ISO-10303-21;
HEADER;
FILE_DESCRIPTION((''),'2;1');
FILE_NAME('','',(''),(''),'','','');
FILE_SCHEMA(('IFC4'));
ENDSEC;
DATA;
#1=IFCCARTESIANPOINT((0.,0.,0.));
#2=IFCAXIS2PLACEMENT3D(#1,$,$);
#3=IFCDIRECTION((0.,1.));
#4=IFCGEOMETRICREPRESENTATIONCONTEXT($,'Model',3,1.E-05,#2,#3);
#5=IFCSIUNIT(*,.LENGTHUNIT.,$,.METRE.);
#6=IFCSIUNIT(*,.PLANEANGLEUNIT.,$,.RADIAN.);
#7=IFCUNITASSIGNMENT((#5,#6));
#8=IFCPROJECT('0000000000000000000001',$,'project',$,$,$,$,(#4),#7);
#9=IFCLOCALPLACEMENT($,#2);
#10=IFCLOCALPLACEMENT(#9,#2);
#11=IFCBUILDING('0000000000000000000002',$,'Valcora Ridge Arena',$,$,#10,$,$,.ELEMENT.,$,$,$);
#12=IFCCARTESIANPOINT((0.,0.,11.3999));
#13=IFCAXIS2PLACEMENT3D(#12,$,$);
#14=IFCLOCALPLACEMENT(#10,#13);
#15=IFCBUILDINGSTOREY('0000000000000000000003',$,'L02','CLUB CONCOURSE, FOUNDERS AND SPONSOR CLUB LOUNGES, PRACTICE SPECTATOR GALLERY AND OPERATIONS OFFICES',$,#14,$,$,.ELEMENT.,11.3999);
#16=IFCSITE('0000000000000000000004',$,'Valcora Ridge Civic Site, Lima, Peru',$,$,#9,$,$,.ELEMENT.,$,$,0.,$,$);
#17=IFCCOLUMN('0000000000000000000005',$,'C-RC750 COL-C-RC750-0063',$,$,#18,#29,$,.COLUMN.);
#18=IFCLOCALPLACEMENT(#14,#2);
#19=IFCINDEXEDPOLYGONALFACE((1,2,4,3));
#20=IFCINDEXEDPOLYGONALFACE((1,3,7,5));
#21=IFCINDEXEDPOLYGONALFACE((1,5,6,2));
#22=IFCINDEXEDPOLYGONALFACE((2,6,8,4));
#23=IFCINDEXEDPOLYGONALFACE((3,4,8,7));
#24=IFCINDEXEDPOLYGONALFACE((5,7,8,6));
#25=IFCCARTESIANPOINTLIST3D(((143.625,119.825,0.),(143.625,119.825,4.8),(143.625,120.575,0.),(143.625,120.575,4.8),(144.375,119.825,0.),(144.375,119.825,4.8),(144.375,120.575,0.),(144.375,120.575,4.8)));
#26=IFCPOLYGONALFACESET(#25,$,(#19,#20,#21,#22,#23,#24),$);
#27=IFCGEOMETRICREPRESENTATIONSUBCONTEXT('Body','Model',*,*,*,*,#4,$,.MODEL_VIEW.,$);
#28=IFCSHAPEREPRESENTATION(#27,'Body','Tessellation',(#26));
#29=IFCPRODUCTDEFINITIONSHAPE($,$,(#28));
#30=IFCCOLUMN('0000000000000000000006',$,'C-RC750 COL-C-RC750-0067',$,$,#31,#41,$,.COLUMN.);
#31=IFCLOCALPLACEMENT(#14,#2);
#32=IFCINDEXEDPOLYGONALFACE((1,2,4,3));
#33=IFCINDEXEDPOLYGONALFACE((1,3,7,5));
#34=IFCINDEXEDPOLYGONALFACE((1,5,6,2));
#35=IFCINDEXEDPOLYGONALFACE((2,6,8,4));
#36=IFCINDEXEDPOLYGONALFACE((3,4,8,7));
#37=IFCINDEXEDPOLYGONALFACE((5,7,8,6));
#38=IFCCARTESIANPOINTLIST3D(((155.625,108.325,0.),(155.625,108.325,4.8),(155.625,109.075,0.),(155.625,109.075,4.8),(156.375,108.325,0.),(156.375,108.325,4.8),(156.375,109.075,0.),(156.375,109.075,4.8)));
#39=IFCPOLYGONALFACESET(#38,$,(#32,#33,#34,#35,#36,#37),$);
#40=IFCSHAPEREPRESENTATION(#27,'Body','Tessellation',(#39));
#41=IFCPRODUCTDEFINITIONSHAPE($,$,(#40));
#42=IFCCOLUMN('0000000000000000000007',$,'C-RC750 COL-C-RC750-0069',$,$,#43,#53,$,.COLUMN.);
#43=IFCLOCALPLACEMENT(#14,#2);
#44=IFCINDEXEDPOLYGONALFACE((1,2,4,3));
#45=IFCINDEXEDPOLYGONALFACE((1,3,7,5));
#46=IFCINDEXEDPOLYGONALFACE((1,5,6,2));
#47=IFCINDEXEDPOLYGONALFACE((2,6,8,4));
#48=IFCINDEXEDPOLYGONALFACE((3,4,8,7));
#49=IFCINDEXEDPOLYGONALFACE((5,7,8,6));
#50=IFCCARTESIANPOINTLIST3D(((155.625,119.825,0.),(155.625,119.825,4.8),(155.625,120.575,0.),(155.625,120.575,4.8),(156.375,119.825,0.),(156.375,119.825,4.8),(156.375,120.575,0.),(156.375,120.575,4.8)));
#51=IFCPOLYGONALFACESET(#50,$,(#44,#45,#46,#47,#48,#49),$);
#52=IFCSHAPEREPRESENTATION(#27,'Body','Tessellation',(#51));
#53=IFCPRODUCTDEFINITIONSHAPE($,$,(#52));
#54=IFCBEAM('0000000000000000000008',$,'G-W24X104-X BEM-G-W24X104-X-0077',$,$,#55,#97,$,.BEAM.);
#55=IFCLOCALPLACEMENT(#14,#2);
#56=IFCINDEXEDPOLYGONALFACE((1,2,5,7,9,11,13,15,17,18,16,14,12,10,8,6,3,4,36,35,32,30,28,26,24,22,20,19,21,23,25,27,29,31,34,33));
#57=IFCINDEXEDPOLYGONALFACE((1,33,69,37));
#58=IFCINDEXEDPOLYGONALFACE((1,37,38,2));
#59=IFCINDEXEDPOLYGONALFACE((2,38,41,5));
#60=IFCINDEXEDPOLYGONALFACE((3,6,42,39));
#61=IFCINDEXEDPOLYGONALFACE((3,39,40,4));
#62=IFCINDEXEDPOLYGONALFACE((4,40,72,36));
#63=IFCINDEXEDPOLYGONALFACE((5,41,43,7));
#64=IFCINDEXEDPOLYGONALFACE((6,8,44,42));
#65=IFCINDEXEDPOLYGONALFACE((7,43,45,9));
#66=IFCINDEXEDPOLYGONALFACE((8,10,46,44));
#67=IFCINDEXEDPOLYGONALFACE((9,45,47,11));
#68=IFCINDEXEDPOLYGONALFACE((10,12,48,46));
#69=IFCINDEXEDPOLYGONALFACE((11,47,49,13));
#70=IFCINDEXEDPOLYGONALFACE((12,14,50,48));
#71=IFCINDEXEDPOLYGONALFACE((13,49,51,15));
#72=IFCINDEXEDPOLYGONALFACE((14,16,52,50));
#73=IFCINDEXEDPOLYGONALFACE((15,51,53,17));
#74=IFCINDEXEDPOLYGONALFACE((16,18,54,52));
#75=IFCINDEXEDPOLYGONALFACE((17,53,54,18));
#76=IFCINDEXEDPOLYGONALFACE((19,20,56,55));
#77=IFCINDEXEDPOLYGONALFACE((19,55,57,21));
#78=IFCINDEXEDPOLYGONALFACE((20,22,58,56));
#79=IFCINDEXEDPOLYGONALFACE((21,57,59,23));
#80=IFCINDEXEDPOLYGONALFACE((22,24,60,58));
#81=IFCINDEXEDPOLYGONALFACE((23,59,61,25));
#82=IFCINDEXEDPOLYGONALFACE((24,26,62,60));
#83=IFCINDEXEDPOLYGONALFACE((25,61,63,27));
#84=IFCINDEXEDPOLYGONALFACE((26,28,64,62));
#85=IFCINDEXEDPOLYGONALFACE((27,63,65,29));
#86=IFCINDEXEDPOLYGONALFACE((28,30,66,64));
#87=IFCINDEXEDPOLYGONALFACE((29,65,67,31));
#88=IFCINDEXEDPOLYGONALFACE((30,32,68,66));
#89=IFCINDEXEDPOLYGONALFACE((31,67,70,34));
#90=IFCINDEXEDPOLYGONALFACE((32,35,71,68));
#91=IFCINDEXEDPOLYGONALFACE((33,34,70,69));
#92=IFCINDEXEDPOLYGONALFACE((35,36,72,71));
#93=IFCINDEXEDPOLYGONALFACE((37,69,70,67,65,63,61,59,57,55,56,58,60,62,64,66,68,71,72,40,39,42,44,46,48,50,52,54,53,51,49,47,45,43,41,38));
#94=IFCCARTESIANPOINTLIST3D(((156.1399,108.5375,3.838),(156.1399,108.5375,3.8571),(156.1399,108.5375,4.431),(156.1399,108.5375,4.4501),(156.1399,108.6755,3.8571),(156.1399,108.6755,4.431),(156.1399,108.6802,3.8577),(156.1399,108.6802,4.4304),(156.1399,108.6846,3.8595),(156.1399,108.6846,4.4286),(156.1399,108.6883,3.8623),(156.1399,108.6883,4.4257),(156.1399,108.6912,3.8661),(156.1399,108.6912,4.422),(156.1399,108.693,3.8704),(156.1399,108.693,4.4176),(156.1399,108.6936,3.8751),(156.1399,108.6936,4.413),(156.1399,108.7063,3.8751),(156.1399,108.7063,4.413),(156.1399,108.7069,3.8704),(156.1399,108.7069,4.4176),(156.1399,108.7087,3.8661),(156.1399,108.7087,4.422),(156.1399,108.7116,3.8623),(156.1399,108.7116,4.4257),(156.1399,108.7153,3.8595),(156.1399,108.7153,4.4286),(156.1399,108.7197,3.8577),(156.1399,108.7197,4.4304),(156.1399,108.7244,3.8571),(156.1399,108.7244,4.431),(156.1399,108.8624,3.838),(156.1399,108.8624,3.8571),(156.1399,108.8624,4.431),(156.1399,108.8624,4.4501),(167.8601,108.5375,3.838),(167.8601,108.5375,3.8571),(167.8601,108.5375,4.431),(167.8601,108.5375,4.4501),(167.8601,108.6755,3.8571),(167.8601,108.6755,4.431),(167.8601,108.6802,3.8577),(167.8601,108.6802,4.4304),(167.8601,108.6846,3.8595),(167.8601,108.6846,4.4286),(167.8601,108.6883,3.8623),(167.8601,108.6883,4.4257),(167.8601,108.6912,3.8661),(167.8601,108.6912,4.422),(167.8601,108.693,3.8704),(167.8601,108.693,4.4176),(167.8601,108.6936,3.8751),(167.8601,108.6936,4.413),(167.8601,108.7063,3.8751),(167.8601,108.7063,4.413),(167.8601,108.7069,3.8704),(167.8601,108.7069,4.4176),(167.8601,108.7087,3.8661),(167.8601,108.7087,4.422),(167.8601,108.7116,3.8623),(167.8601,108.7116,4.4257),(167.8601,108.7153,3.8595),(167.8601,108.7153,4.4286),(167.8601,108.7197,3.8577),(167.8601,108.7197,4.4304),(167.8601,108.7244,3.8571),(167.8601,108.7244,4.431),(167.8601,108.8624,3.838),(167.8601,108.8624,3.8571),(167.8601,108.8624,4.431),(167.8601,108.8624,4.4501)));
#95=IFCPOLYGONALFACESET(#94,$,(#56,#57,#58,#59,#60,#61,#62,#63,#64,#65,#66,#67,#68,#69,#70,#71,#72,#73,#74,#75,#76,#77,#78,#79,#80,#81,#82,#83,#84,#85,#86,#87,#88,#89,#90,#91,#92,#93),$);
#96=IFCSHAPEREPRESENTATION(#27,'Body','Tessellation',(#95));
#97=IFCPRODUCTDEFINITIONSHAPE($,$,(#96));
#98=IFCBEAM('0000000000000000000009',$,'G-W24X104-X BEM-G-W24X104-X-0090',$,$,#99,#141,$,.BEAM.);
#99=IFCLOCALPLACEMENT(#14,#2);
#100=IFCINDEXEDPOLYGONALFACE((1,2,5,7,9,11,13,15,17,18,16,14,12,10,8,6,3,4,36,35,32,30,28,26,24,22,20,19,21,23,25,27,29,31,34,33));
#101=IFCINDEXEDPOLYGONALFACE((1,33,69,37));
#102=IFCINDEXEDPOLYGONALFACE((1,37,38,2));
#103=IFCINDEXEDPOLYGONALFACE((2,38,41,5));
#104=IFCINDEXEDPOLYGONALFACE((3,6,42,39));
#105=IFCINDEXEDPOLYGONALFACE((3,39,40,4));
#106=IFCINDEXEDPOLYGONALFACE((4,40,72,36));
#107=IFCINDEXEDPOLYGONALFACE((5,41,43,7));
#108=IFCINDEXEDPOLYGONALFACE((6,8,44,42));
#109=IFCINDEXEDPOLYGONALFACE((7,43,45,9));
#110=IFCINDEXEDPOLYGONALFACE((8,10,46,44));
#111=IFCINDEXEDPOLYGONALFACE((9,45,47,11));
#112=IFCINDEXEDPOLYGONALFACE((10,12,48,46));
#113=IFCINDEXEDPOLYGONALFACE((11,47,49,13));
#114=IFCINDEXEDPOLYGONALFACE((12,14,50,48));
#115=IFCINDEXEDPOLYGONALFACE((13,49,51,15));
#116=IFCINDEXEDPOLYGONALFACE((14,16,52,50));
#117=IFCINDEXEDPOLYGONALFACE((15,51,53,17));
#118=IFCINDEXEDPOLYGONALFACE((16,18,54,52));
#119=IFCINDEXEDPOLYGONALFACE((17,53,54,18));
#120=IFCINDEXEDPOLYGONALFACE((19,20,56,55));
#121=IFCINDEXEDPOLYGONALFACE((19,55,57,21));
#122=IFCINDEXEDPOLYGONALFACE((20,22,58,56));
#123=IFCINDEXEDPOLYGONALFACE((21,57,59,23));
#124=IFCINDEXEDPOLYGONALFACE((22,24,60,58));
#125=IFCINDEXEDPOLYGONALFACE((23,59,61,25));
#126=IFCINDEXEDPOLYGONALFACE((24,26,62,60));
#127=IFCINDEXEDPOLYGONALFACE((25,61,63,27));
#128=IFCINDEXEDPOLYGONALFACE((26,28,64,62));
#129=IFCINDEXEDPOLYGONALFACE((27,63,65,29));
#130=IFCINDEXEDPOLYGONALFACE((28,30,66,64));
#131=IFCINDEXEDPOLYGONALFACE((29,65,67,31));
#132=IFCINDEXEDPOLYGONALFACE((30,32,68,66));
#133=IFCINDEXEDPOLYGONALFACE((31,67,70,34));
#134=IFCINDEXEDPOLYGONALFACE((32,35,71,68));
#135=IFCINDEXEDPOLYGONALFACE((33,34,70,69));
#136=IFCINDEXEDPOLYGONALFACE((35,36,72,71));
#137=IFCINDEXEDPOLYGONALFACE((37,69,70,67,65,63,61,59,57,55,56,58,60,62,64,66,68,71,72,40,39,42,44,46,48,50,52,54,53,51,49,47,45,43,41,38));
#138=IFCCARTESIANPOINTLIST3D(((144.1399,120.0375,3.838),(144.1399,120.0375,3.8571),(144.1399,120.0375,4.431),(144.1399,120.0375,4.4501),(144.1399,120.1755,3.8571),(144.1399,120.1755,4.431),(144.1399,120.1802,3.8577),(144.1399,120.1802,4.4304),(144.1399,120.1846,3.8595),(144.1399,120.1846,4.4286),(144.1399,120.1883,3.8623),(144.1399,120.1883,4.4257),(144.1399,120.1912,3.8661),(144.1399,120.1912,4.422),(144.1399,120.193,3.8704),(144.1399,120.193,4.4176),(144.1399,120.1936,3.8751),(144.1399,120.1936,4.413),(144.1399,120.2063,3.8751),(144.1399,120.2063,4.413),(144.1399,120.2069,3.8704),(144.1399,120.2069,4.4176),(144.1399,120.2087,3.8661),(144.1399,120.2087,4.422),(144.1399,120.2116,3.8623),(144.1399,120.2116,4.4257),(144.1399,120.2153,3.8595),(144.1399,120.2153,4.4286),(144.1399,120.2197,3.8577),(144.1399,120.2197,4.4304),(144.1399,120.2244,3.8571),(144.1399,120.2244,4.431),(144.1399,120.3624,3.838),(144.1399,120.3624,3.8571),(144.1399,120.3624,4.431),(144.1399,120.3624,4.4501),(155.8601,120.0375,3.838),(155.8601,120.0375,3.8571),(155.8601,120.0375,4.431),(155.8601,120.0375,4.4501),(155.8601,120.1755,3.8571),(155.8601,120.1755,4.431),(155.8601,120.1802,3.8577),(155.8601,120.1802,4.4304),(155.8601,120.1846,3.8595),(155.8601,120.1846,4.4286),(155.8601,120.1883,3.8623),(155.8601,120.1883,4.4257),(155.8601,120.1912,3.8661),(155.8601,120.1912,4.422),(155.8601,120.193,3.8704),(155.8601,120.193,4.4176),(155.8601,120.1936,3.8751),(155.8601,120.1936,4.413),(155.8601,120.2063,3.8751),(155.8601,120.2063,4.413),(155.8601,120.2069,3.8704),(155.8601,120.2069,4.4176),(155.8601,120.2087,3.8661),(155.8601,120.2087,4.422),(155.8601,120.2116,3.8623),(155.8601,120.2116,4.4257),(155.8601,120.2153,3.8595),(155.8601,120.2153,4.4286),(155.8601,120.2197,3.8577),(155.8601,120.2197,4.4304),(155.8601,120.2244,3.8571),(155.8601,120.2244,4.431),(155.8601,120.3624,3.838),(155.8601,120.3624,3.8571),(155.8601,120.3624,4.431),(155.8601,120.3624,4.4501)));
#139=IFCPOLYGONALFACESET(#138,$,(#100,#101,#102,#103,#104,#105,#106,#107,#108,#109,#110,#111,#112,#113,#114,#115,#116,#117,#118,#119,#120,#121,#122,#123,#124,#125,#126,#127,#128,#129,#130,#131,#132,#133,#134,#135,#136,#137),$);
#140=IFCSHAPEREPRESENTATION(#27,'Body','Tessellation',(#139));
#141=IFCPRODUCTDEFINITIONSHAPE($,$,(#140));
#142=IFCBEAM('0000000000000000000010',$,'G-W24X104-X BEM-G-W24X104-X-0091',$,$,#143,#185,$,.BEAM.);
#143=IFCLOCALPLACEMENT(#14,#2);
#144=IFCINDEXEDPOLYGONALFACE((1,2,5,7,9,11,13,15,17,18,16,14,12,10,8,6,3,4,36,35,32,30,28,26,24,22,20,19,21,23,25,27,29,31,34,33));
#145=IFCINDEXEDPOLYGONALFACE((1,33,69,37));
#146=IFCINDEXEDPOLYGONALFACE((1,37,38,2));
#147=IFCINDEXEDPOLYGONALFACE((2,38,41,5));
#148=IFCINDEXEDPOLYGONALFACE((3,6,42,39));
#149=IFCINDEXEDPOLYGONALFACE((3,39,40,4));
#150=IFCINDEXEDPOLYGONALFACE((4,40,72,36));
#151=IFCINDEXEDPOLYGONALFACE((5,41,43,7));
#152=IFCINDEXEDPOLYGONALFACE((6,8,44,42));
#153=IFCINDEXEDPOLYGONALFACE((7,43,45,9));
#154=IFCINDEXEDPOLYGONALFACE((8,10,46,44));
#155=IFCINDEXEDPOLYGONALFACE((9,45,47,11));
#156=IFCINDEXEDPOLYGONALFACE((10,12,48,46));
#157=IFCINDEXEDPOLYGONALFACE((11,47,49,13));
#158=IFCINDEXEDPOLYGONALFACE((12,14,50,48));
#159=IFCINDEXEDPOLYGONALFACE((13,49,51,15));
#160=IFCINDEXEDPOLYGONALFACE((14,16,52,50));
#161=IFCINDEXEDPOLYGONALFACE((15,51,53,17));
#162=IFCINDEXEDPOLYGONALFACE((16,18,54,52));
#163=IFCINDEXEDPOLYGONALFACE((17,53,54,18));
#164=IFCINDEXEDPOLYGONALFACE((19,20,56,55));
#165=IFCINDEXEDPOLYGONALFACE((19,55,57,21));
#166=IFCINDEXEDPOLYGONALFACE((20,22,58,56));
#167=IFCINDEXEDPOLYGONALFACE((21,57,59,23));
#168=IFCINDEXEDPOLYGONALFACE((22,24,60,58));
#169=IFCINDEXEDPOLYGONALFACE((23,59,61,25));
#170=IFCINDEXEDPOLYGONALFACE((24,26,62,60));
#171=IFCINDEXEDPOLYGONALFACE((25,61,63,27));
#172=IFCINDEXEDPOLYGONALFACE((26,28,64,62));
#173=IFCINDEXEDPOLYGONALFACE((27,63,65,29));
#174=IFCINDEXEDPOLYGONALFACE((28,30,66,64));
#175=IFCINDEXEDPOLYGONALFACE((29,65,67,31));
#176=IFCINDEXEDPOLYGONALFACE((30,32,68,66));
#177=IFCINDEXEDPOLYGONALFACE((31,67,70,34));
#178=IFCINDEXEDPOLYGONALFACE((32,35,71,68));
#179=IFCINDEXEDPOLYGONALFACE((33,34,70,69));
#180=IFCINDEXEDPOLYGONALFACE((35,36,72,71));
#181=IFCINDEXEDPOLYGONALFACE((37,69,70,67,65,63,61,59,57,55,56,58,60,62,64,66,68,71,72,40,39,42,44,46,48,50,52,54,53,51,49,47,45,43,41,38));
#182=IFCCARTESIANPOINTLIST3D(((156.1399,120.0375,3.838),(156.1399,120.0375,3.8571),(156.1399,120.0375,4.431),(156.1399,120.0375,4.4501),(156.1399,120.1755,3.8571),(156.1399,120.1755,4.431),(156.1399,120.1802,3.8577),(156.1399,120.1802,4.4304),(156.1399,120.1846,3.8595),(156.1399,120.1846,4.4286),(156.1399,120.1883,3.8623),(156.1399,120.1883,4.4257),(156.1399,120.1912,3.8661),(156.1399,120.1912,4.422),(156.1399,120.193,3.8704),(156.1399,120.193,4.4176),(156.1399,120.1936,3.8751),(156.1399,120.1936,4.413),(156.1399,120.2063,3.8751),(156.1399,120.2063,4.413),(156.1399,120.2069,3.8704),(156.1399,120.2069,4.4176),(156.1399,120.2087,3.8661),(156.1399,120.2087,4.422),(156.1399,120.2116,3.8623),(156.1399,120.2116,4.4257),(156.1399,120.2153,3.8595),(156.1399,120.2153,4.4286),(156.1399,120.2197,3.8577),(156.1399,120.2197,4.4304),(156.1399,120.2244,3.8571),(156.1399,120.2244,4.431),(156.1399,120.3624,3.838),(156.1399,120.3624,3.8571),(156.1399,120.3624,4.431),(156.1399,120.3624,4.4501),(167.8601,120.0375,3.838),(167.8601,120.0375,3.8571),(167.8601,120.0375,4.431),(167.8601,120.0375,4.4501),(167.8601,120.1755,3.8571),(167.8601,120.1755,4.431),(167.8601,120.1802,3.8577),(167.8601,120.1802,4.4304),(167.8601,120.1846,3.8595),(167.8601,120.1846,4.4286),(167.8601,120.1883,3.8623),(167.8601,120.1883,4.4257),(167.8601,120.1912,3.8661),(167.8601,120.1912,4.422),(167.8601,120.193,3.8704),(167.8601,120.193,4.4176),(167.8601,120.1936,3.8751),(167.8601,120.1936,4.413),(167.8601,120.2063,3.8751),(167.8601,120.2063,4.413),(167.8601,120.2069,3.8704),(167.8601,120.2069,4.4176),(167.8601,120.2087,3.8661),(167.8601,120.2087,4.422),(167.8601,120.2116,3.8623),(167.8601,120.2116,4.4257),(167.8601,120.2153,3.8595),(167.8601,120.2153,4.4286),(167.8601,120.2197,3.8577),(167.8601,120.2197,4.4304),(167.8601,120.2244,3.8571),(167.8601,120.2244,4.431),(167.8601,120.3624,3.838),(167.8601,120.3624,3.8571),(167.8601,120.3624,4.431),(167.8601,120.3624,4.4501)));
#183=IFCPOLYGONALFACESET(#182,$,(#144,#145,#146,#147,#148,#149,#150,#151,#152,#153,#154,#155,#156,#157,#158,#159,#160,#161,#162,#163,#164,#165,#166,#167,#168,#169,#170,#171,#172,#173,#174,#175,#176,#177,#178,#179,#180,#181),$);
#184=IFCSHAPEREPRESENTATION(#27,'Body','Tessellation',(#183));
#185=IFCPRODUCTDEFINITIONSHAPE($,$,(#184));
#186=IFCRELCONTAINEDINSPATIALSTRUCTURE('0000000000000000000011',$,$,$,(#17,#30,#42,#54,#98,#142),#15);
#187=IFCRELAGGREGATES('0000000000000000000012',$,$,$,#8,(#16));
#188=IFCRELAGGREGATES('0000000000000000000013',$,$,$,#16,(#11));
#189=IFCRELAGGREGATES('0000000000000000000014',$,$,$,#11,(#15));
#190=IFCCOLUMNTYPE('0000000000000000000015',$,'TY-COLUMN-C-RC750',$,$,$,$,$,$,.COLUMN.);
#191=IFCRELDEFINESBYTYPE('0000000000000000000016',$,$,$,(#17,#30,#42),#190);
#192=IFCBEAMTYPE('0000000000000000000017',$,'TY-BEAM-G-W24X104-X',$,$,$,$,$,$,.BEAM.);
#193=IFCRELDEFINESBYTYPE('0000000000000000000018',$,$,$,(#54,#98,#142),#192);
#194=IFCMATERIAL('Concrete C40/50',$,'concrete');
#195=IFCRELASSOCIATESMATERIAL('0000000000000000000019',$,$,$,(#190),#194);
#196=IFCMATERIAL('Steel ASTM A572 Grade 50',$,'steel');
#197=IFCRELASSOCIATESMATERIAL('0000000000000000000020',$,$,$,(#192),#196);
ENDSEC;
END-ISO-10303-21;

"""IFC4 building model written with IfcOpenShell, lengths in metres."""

from ifc_helpers import new_model, si_unit, direction, frame, origin, origin_2d, place, context, subcontext, project, spatial, rectangle, i_section, extrude, material, material_profile, profile_set, type_object, element, save


model = new_model("IFC4")

# Units and contexts
model_context = context("Model", 3, precision=1e-05, world=origin(), true_north=direction((0.0, 1.0)))
body_context = subcontext(model_context, "Body", "Model", "MODEL_VIEW")
ifc_project = project(units=[si_unit("LENGTHUNIT", "METRE"), si_unit("PLANEANGLEUNIT", "RADIAN")], contexts=[model_context])

# Site, building, storey
site_placement = place(None, origin())
site = spatial("IfcSite", under=ifc_project, at=site_placement, Name="Valcora Ridge Civic Site, Lima, Peru", CompositionType="ELEMENT", RefElevation=0.0)
building_placement = place(site_placement, origin())
building = spatial("IfcBuilding", under=site, at=building_placement, Name="Valcora Ridge Arena", CompositionType="ELEMENT")
storey_placement = place(building_placement, frame((0.0, 0.0, 11.3999)))
storey = spatial("IfcBuildingStorey", under=building, at=storey_placement, Name="L02", Description="CLUB CONCOURSE, FOUNDERS AND SPONSOR CLUB LOUNGES, PRACTICE SPECTATOR GALLERY AND OPERATIONS OFFICES", CompositionType="ELEMENT", Elevation=11.3999)

# Columns
ifc_material_1 = material(Name="Concrete C40/50", Category="concrete")
ifc_material_profile_1 = material_profile(ifc_material_1, rectangle(XDim=0.75, YDim=0.75, at=origin_2d()), Name="RC 750x750")
ifc_profile_set_1 = profile_set([ifc_material_profile_1], Name="Concrete C40/50")
column_type = type_object("IfcColumnType", Name="TY-COLUMN-C-RC750", PredefinedType="COLUMN", material=ifc_profile_set_1)
for number, where, z_axis, x_axis, name in (
    (1, (144.0, 120.2, 0.0), (0.0, 0.0, 1.0), (1.0, 0.0, 0.0), "C-RC750 COL-C-RC750-0063"),
    (2, (156.0, 108.7, 0.0), (0.0, 0.0, 1.0), (1.0, 0.0, 0.0), "C-RC750 COL-C-RC750-0067"),
    (3, (156.0, 120.2, 0.0), (0.0, 0.0, 1.0), (1.0, 0.0, 0.0), "C-RC750 COL-C-RC750-0069"),
):
    element("IfcColumn", number, at=place(storey_placement, frame(where, z_axis=z_axis, x_axis=x_axis)), inside=storey, type_object=column_type, Name=name, PredefinedType="COLUMN", context=body_context, shape_type="SweptSolid", body=[
        extrude(rectangle(XDim=0.75, YDim=0.75, at=origin_2d()), origin(), (0.0, 0.0, 1.0), 4.8),
    ])

# Beams
ifc_material_2 = material(Name="Steel ASTM A572 Grade 50", Category="steel")
ifc_material_profile_2 = material_profile(ifc_material_2, i_section(OverallWidth=0.325, OverallDepth=0.6121, WebThickness=0.0127, FlangeThickness=0.019, FilletRadius=0.0181, at=origin_2d()), Name="W24X104")
ifc_profile_set_2 = profile_set([ifc_material_profile_2], Name="Steel ASTM A572 Grade 50")
beam_type_1 = type_object("IfcBeamType", Name="TY-BEAM-G-W24X104-X", PredefinedType="BEAM", material=ifc_profile_set_2)
for number, where, z_axis, x_axis, name in (
    (4, (156.1399, 108.7, 4.144), (1.0, 0.0, 0.0), (0.0, 1.0, 0.0), "G-W24X104-X BEM-G-W24X104-X-0077"),
    (5, (144.1399, 120.2, 4.144), (1.0, 0.0, 0.0), (0.0, 1.0, 0.0), "G-W24X104-X BEM-G-W24X104-X-0090"),
    (6, (156.1399, 120.2, 4.144), (1.0, 0.0, 0.0), (0.0, 1.0, 0.0), "G-W24X104-X BEM-G-W24X104-X-0091"),
):
    element("IfcBeam", number, at=place(storey_placement, frame(where, z_axis=z_axis, x_axis=x_axis)), inside=storey, type_object=beam_type_1, Name=name, PredefinedType="BEAM", context=body_context, shape_type="SweptSolid", body=[
        extrude(i_section(OverallWidth=0.325, OverallDepth=0.6121, WebThickness=0.0127, FlangeThickness=0.019, FilletRadius=0.0181, at=origin_2d()), origin(), (0.0, 0.0, 1.0), 11.7202),
    ])

save(model, "model.ifc")
